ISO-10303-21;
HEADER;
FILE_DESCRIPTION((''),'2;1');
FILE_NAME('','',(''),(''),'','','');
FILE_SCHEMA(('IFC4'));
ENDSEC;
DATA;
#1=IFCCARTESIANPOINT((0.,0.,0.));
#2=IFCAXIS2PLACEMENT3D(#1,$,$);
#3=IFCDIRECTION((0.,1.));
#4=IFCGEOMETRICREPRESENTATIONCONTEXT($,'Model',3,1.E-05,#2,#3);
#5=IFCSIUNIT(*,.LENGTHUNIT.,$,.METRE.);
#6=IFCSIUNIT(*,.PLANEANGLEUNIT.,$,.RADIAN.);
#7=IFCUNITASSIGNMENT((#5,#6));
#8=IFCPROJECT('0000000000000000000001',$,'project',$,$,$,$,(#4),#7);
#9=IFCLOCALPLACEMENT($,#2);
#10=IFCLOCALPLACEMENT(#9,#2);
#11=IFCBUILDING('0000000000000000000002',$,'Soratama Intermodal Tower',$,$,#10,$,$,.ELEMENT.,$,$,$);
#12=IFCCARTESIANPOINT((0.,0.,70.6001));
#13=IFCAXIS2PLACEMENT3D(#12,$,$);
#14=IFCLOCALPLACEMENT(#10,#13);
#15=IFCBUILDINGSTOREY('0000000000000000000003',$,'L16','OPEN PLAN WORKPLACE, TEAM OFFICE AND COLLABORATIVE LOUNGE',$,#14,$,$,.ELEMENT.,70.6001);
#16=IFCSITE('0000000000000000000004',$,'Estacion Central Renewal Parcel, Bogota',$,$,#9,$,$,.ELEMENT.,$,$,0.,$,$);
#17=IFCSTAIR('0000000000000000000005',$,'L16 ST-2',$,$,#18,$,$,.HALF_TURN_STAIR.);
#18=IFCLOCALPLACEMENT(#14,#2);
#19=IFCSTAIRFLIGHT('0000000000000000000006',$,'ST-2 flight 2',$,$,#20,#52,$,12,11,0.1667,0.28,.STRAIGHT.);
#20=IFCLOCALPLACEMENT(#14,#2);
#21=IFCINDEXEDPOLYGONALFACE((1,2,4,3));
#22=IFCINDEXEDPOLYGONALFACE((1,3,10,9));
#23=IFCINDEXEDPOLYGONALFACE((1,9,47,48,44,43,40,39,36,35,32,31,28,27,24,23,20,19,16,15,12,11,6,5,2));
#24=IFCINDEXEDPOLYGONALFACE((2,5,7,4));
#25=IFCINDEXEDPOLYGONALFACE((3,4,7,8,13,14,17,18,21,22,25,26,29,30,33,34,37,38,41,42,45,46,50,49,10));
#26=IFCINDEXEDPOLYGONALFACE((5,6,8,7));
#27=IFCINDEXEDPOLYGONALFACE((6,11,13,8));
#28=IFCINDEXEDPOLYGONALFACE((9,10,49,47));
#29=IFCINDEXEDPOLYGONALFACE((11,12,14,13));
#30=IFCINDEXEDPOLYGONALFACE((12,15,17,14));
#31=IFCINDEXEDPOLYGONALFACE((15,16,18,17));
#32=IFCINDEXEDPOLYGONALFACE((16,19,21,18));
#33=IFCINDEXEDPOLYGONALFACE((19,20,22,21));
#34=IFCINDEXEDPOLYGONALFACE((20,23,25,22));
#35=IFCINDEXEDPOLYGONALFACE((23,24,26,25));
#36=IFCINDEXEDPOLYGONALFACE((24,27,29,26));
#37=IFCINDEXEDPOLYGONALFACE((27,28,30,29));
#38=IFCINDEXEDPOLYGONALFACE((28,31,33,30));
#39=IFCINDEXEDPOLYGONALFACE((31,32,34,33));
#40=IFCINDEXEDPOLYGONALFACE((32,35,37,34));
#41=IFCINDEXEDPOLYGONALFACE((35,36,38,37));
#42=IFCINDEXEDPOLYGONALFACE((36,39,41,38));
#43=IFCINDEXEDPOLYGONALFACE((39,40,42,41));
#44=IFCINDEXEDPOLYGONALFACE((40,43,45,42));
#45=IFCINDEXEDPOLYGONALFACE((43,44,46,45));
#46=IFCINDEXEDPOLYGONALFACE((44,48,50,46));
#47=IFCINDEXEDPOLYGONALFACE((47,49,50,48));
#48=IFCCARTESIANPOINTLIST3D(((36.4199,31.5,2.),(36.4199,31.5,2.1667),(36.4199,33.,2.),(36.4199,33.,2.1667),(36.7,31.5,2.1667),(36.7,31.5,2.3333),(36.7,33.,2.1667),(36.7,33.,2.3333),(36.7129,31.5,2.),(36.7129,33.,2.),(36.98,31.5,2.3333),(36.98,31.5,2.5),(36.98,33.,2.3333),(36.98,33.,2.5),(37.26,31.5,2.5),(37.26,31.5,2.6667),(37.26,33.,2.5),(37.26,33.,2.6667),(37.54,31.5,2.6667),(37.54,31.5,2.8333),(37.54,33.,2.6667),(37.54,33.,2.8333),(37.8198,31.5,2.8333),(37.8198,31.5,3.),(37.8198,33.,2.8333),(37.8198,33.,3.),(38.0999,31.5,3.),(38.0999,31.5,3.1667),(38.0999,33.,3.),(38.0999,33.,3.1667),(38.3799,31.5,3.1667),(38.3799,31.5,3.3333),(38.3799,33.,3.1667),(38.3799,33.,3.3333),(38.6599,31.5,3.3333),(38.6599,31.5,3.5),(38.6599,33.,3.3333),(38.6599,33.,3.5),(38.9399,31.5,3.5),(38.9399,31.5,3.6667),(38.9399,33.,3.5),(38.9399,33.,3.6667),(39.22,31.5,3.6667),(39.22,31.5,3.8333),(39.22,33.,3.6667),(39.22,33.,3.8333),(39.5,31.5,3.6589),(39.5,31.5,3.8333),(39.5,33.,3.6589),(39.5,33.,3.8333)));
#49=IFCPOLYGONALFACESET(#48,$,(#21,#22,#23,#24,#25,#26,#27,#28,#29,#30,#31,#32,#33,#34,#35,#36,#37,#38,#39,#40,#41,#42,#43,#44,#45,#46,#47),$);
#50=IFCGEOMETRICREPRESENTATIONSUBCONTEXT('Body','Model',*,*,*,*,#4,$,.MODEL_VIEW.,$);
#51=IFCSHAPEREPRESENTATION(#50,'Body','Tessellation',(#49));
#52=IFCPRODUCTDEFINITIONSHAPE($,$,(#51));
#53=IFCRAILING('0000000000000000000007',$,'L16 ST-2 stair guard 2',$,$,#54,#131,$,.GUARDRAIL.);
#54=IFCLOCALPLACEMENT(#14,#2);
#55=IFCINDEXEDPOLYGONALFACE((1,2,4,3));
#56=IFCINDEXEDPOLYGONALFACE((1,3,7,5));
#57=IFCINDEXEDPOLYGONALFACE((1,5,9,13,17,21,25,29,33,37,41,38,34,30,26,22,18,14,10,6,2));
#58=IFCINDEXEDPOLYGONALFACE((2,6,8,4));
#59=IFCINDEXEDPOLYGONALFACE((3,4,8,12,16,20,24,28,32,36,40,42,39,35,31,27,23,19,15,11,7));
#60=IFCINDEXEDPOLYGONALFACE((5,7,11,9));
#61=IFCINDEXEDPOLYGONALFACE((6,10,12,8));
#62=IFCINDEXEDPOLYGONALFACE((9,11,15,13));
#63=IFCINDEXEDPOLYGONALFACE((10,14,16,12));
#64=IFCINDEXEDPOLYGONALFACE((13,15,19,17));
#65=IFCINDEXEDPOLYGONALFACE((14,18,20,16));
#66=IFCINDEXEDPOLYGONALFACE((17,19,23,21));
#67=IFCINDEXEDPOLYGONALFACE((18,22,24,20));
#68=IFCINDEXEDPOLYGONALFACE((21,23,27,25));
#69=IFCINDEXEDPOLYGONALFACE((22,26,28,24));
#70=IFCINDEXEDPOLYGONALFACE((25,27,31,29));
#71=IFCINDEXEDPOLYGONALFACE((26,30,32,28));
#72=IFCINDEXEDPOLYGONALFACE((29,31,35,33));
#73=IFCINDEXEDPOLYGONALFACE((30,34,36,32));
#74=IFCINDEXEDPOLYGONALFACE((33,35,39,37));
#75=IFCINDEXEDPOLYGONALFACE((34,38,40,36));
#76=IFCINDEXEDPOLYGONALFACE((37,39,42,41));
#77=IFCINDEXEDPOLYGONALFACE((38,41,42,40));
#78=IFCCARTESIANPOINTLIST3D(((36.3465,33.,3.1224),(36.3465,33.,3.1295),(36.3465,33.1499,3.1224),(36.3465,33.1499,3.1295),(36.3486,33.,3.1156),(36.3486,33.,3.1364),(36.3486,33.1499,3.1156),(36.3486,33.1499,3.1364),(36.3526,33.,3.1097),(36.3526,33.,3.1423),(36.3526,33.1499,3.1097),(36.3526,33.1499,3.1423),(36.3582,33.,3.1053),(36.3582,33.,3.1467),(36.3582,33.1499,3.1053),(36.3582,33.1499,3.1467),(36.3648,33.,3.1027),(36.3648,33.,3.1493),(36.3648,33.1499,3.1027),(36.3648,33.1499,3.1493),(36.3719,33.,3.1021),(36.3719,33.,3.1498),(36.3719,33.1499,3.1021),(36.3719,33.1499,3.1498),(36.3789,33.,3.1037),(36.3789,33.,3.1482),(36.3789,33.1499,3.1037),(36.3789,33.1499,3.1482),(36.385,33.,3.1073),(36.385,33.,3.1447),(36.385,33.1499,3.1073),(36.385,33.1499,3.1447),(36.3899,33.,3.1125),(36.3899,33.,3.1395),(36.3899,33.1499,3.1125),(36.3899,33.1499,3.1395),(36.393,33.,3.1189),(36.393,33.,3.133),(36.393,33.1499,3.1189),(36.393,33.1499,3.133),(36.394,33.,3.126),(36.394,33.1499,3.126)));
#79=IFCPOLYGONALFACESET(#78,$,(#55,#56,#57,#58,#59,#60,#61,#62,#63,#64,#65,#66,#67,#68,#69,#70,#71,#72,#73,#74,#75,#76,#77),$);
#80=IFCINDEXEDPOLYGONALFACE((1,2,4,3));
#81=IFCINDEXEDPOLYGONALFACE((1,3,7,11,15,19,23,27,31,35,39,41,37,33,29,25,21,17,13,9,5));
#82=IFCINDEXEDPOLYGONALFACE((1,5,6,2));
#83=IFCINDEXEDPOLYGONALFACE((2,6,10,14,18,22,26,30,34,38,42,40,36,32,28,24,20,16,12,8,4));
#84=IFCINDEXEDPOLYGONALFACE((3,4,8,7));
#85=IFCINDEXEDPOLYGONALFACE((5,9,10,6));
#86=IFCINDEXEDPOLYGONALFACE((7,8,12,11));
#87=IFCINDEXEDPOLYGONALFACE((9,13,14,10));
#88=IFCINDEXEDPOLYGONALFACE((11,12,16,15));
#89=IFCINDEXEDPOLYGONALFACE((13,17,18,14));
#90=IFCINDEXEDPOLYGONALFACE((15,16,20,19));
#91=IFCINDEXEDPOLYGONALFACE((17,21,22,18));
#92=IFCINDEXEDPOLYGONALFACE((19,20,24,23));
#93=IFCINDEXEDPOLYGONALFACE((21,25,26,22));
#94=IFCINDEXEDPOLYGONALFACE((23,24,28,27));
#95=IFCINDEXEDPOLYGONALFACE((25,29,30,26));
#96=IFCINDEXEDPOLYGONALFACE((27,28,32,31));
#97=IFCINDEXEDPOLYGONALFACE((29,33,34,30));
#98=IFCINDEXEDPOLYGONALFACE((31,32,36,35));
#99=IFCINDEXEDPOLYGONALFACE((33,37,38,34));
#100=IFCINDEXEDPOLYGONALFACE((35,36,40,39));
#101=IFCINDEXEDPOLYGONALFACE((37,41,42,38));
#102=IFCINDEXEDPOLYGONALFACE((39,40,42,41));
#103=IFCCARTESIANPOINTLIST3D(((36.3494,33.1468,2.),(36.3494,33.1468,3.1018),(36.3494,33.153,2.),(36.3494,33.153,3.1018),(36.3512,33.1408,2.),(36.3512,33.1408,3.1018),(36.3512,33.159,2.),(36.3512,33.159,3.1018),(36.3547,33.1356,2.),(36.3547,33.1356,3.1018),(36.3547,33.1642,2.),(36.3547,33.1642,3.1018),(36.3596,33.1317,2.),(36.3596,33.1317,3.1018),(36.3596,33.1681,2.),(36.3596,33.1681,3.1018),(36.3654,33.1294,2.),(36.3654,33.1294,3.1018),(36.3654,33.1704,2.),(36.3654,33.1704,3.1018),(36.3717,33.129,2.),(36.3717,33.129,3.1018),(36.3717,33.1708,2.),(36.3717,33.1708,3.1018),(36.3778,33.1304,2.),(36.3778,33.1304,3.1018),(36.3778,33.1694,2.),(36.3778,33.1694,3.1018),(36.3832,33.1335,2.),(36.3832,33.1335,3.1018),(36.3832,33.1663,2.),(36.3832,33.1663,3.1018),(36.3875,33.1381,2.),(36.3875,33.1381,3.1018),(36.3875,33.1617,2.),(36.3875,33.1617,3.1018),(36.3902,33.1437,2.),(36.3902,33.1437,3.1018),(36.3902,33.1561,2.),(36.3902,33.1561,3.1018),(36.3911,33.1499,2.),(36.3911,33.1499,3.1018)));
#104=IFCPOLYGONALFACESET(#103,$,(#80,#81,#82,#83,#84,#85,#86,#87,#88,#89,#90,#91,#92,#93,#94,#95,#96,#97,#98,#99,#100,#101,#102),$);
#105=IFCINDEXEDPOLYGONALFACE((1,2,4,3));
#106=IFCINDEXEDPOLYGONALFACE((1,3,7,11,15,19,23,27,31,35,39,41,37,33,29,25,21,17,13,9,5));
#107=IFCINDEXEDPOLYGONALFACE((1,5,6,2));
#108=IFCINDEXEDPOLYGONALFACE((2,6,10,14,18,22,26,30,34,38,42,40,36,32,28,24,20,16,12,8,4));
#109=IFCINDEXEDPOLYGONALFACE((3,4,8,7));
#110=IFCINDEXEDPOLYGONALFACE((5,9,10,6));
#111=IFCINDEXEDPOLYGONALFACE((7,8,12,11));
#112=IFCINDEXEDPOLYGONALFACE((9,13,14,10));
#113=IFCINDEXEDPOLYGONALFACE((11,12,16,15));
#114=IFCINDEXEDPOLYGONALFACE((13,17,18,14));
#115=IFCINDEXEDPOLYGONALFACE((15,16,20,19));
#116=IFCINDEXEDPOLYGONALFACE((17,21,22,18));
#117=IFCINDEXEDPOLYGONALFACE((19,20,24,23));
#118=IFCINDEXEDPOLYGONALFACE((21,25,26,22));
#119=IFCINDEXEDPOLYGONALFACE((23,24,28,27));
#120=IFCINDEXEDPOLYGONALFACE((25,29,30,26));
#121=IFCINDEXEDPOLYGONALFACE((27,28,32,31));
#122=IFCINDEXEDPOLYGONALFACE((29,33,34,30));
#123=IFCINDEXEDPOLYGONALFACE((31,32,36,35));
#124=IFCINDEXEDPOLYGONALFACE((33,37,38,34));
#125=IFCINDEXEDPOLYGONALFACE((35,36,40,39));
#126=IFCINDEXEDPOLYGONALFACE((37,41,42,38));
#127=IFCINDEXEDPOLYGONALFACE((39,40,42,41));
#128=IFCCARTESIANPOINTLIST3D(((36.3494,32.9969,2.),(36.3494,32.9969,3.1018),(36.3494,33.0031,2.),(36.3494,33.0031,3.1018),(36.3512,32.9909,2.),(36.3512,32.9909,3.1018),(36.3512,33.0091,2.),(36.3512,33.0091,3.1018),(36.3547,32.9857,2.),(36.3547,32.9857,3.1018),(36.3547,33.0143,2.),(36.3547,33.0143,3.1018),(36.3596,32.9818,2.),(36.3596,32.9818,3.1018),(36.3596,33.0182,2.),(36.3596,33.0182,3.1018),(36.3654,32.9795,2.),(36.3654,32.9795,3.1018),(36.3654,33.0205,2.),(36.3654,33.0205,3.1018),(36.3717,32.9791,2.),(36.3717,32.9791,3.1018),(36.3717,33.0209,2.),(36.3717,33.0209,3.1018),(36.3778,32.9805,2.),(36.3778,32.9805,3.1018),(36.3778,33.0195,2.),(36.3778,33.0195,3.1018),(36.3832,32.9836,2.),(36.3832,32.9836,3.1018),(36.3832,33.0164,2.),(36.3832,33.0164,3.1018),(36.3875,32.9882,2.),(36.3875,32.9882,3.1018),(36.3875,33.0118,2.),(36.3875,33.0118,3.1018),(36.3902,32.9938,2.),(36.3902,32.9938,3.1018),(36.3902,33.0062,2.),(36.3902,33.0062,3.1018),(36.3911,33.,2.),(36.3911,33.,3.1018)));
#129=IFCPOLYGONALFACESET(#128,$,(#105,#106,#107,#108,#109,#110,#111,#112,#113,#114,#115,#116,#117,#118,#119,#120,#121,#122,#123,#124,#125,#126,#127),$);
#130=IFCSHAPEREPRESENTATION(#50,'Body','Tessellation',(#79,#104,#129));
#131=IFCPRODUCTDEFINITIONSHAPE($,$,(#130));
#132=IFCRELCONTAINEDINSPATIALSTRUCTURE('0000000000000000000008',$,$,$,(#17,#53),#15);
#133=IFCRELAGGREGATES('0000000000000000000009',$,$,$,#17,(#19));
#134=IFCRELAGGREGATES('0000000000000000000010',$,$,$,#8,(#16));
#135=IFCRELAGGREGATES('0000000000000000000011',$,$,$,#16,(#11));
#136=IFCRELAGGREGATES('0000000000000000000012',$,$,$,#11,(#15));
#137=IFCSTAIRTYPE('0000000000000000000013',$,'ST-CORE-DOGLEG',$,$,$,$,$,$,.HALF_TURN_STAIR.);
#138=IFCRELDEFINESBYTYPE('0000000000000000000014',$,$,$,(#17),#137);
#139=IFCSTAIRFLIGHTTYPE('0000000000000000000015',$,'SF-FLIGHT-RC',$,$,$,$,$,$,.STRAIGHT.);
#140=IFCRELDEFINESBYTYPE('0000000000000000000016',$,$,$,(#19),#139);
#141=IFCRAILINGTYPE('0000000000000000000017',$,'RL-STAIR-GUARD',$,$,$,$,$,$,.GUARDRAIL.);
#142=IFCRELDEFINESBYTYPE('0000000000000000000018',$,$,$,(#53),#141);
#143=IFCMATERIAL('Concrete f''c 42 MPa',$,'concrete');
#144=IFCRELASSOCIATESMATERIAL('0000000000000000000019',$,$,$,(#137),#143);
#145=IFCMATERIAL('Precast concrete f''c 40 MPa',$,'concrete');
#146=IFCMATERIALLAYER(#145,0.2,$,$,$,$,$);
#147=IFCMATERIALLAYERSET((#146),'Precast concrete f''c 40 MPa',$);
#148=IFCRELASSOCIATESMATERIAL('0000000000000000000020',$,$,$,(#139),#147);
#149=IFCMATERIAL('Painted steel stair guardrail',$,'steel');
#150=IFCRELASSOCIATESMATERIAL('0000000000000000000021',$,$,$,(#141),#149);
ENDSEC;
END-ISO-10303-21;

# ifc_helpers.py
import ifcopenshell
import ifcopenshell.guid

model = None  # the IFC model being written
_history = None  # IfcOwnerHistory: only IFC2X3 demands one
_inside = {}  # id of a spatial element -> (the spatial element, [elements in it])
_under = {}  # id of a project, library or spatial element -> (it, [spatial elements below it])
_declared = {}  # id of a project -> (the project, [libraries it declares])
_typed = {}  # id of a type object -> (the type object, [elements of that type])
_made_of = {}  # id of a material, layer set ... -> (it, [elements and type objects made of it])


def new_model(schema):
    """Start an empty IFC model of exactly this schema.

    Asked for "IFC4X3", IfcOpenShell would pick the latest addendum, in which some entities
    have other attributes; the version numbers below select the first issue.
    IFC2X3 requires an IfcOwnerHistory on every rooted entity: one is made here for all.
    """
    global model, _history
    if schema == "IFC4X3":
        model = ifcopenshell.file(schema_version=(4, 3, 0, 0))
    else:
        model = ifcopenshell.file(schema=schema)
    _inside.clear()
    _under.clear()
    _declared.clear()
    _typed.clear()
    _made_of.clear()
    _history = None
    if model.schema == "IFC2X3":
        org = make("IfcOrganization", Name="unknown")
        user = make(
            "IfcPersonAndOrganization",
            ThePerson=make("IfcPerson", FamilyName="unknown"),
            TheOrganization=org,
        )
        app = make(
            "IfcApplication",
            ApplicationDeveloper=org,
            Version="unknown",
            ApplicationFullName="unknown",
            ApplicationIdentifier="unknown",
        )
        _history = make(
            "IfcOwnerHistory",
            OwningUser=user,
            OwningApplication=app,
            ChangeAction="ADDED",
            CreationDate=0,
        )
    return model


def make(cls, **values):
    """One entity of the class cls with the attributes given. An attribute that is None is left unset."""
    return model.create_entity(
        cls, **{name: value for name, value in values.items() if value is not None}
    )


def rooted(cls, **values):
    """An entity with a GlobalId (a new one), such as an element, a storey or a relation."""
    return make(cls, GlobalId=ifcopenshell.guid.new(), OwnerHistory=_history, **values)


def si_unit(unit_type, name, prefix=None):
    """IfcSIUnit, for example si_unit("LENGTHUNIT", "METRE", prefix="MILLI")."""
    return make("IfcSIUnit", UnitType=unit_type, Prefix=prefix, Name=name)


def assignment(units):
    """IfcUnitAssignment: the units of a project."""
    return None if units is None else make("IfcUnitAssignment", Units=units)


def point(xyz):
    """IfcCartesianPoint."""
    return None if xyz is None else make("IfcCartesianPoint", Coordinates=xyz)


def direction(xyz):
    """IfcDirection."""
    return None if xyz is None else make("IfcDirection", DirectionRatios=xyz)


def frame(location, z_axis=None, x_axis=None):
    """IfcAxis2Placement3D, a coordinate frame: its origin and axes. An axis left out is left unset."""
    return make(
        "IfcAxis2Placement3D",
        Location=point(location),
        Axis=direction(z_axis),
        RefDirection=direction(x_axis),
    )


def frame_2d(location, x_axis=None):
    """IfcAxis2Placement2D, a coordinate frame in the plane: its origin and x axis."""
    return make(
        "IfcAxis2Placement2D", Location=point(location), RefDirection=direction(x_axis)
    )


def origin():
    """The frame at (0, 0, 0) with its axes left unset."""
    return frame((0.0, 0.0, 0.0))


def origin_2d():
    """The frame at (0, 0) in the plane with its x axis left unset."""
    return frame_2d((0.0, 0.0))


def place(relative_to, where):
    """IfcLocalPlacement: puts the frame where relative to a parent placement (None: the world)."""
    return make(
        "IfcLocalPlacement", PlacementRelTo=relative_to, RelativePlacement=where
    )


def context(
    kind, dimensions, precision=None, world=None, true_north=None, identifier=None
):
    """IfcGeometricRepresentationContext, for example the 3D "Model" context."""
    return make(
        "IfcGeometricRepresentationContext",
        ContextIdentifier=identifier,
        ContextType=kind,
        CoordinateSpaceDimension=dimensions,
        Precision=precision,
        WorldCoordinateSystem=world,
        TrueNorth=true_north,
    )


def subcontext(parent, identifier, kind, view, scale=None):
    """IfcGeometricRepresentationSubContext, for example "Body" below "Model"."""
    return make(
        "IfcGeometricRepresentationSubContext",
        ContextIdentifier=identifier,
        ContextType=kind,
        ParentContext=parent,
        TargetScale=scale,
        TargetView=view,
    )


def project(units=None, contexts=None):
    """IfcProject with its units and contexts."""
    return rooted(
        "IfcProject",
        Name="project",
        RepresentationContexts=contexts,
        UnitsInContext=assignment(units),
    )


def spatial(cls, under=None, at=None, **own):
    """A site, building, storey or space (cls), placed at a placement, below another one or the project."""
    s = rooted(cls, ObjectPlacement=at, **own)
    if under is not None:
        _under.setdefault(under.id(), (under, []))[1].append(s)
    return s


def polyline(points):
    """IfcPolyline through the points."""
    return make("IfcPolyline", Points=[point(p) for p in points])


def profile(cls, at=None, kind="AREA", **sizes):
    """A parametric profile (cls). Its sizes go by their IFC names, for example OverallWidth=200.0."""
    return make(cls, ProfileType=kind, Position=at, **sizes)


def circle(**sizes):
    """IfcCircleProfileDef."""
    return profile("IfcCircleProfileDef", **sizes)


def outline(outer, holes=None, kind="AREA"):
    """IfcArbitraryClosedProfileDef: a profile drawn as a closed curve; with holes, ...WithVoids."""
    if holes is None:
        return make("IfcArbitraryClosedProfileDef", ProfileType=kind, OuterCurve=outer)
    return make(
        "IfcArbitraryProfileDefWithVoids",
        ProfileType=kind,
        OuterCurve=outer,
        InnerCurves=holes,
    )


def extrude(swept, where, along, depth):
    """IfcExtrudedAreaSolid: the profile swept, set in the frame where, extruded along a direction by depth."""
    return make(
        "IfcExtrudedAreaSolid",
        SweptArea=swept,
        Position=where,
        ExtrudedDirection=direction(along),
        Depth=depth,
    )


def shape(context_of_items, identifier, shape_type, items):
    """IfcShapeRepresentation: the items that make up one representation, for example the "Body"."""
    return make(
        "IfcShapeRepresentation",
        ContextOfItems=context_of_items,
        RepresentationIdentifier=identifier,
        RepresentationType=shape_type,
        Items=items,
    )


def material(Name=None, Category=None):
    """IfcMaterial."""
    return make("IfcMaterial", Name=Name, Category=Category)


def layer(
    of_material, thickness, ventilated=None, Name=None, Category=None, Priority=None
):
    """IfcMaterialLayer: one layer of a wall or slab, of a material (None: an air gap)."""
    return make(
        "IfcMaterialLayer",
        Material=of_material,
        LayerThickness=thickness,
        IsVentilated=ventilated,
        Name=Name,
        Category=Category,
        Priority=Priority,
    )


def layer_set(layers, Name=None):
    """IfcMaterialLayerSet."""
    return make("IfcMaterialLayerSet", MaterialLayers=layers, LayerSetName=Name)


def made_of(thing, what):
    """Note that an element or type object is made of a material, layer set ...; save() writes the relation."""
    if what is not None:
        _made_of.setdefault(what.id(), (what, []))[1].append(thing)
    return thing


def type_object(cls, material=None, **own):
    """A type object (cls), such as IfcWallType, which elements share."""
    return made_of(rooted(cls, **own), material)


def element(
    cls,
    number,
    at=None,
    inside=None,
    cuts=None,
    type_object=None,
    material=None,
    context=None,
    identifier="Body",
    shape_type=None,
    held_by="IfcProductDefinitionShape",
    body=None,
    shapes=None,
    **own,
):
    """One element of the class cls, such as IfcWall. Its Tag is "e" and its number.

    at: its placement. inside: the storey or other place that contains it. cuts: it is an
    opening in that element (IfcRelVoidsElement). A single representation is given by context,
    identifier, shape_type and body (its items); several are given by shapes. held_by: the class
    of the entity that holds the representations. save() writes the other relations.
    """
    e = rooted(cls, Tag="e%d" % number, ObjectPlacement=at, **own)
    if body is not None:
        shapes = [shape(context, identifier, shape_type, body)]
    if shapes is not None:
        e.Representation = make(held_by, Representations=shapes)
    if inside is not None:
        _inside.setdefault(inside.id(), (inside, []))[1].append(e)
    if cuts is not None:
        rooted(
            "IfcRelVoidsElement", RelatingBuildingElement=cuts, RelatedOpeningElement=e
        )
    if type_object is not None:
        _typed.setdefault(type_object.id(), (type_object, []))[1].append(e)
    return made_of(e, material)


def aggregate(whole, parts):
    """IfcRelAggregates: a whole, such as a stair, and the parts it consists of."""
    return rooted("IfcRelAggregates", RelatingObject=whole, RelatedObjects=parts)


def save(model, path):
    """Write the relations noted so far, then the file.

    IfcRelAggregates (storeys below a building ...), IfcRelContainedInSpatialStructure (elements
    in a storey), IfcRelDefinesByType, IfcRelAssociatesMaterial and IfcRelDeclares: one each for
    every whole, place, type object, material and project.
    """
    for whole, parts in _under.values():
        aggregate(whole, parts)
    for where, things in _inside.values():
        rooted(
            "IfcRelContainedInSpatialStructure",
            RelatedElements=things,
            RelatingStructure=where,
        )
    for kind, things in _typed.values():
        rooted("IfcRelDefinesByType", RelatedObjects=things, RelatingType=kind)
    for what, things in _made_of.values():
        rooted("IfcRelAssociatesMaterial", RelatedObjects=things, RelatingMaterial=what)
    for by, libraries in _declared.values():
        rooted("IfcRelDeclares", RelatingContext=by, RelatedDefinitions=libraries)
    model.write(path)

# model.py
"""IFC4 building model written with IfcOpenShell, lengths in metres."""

from ifc_helpers import new_model, si_unit, direction, frame, origin, origin_2d, place, context, subcontext, project, spatial, polyline, circle, outline, extrude, material, layer, layer_set, type_object, element, aggregate, save


model = new_model("IFC4")

# Units and contexts
model_context = context("Model", 3, precision=1e-05, world=origin(), true_north=direction((0.0, 1.0)))
body_context = subcontext(model_context, "Body", "Model", "MODEL_VIEW")
ifc_project = project(units=[si_unit("LENGTHUNIT", "METRE"), si_unit("PLANEANGLEUNIT", "RADIAN")], contexts=[model_context])

# Site, building, storey
site_placement = place(None, origin())
site = spatial("IfcSite", under=ifc_project, at=site_placement, Name="Estacion Central Renewal Parcel, Bogota", CompositionType="ELEMENT", RefElevation=0.0)
building_placement = place(site_placement, origin())
building = spatial("IfcBuilding", under=site, at=building_placement, Name="Soratama Intermodal Tower", CompositionType="ELEMENT")
storey_placement = place(building_placement, frame((0.0, 0.0, 70.6001)))
storey = spatial("IfcBuildingStorey", under=building, at=storey_placement, Name="L16", Description="OPEN PLAN WORKPLACE, TEAM OFFICE AND COLLABORATIVE LOUNGE", CompositionType="ELEMENT", Elevation=70.6001)

# Stair, stair flight
ifc_material_1 = material(Name="Concrete f'c 42 MPa", Category="concrete")
stair_type = type_object("IfcStairType", Name="ST-CORE-DOGLEG", PredefinedType="HALF_TURN_STAIR", material=ifc_material_1)
stair_placement = place(storey_placement, origin())
stair = element("IfcStair", 1, at=stair_placement, inside=storey, type_object=stair_type, Name="L16 ST-2", PredefinedType="HALF_TURN_STAIR")
ifc_material_2 = material(Name="Precast concrete f'c 40 MPa", Category="concrete")
ifc_layer_1 = layer(ifc_material_2, 0.2)
ifc_layer_set_1 = layer_set([ifc_layer_1], Name="Precast concrete f'c 40 MPa")
stair_flight_type = type_object("IfcStairFlightType", Name="SF-FLIGHT-RC", PredefinedType="STRAIGHT", material=ifc_layer_set_1)
stair_flight_placement = place(storey_placement, frame((36.4199, 32.25, 2.0), z_axis=(0.0, 0.0, 1.0), x_axis=(1.0, 0.0, 0.0)))
stair_flight = element("IfcStairFlight", 2, at=stair_flight_placement, type_object=stair_flight_type, Name="ST-2 flight 2", NumberOfRisers=12, NumberOfTreads=11, PredefinedType="STRAIGHT", RiserHeight=0.1667, TreadLength=0.28, context=body_context, shape_type="SweptSolid", body=[
    extrude(outline(polyline([(0.0, 0.0), (0.0, 0.1667), (0.28, 0.1667), (0.28, 0.3333), (0.5601, 0.3333), (0.5601, 0.5), (0.8401, 0.5), (0.8401, 0.6667), (1.1201, 0.6667), (1.1201, 0.8333), (1.3999, 0.8333), (1.3999, 1.0), (1.6799, 1.0), (1.6799, 1.1667), (1.96, 1.1667), (1.96, 1.3333), (2.24, 1.3333), (2.24, 1.5), (2.52, 1.5), (2.52, 1.6667), (2.8, 1.6667), (2.8, 1.8333), (3.0801, 1.8333), (3.0801, 2.0), (3.0801, 1.6589), (0.293, 0.0), (0.0, 0.0)])), frame((0.0, 0.75, 0.0), z_axis=(0.0, -1.0, 0.0), x_axis=(1.0, 0.0, 0.0)), (0.0, 0.0, 1.0), 1.5),
])
aggregate(stair, [stair_flight])

# Railing
ifc_material_3 = material(Name="Painted steel stair guardrail", Category="steel")
railing_type_1 = type_object("IfcRailingType", Name="RL-STAIR-GUARD", PredefinedType="GUARDRAIL", material=ifc_material_3)
railing_1_placement = place(storey_placement, frame((36.3701, 33.1499, 2.0)))
element("IfcRailing", 3, at=railing_1_placement, inside=storey, type_object=railing_type_1, Name="L16 ST-2 stair guard 2", PredefinedType="GUARDRAIL", context=body_context, shape_type="SweptSolid", body=[
    extrude(circle(Radius=0.0239, at=origin_2d()), frame((0.0, 0.0, 1.126), z_axis=(0.0, -1.0, 0.0), x_axis=(1.0, 0.0, 0.0)), (0.0, 0.0, 1.0), 0.1499),
    extrude(circle(Radius=0.021, at=origin_2d()), origin(), (0.0, 0.0, 1.0), 1.1018),
    extrude(circle(Radius=0.021, at=origin_2d()), frame((0.0, -0.1499, 0.0)), (0.0, 0.0, 1.0), 1.1018),
])

save(model, "model.ifc")
